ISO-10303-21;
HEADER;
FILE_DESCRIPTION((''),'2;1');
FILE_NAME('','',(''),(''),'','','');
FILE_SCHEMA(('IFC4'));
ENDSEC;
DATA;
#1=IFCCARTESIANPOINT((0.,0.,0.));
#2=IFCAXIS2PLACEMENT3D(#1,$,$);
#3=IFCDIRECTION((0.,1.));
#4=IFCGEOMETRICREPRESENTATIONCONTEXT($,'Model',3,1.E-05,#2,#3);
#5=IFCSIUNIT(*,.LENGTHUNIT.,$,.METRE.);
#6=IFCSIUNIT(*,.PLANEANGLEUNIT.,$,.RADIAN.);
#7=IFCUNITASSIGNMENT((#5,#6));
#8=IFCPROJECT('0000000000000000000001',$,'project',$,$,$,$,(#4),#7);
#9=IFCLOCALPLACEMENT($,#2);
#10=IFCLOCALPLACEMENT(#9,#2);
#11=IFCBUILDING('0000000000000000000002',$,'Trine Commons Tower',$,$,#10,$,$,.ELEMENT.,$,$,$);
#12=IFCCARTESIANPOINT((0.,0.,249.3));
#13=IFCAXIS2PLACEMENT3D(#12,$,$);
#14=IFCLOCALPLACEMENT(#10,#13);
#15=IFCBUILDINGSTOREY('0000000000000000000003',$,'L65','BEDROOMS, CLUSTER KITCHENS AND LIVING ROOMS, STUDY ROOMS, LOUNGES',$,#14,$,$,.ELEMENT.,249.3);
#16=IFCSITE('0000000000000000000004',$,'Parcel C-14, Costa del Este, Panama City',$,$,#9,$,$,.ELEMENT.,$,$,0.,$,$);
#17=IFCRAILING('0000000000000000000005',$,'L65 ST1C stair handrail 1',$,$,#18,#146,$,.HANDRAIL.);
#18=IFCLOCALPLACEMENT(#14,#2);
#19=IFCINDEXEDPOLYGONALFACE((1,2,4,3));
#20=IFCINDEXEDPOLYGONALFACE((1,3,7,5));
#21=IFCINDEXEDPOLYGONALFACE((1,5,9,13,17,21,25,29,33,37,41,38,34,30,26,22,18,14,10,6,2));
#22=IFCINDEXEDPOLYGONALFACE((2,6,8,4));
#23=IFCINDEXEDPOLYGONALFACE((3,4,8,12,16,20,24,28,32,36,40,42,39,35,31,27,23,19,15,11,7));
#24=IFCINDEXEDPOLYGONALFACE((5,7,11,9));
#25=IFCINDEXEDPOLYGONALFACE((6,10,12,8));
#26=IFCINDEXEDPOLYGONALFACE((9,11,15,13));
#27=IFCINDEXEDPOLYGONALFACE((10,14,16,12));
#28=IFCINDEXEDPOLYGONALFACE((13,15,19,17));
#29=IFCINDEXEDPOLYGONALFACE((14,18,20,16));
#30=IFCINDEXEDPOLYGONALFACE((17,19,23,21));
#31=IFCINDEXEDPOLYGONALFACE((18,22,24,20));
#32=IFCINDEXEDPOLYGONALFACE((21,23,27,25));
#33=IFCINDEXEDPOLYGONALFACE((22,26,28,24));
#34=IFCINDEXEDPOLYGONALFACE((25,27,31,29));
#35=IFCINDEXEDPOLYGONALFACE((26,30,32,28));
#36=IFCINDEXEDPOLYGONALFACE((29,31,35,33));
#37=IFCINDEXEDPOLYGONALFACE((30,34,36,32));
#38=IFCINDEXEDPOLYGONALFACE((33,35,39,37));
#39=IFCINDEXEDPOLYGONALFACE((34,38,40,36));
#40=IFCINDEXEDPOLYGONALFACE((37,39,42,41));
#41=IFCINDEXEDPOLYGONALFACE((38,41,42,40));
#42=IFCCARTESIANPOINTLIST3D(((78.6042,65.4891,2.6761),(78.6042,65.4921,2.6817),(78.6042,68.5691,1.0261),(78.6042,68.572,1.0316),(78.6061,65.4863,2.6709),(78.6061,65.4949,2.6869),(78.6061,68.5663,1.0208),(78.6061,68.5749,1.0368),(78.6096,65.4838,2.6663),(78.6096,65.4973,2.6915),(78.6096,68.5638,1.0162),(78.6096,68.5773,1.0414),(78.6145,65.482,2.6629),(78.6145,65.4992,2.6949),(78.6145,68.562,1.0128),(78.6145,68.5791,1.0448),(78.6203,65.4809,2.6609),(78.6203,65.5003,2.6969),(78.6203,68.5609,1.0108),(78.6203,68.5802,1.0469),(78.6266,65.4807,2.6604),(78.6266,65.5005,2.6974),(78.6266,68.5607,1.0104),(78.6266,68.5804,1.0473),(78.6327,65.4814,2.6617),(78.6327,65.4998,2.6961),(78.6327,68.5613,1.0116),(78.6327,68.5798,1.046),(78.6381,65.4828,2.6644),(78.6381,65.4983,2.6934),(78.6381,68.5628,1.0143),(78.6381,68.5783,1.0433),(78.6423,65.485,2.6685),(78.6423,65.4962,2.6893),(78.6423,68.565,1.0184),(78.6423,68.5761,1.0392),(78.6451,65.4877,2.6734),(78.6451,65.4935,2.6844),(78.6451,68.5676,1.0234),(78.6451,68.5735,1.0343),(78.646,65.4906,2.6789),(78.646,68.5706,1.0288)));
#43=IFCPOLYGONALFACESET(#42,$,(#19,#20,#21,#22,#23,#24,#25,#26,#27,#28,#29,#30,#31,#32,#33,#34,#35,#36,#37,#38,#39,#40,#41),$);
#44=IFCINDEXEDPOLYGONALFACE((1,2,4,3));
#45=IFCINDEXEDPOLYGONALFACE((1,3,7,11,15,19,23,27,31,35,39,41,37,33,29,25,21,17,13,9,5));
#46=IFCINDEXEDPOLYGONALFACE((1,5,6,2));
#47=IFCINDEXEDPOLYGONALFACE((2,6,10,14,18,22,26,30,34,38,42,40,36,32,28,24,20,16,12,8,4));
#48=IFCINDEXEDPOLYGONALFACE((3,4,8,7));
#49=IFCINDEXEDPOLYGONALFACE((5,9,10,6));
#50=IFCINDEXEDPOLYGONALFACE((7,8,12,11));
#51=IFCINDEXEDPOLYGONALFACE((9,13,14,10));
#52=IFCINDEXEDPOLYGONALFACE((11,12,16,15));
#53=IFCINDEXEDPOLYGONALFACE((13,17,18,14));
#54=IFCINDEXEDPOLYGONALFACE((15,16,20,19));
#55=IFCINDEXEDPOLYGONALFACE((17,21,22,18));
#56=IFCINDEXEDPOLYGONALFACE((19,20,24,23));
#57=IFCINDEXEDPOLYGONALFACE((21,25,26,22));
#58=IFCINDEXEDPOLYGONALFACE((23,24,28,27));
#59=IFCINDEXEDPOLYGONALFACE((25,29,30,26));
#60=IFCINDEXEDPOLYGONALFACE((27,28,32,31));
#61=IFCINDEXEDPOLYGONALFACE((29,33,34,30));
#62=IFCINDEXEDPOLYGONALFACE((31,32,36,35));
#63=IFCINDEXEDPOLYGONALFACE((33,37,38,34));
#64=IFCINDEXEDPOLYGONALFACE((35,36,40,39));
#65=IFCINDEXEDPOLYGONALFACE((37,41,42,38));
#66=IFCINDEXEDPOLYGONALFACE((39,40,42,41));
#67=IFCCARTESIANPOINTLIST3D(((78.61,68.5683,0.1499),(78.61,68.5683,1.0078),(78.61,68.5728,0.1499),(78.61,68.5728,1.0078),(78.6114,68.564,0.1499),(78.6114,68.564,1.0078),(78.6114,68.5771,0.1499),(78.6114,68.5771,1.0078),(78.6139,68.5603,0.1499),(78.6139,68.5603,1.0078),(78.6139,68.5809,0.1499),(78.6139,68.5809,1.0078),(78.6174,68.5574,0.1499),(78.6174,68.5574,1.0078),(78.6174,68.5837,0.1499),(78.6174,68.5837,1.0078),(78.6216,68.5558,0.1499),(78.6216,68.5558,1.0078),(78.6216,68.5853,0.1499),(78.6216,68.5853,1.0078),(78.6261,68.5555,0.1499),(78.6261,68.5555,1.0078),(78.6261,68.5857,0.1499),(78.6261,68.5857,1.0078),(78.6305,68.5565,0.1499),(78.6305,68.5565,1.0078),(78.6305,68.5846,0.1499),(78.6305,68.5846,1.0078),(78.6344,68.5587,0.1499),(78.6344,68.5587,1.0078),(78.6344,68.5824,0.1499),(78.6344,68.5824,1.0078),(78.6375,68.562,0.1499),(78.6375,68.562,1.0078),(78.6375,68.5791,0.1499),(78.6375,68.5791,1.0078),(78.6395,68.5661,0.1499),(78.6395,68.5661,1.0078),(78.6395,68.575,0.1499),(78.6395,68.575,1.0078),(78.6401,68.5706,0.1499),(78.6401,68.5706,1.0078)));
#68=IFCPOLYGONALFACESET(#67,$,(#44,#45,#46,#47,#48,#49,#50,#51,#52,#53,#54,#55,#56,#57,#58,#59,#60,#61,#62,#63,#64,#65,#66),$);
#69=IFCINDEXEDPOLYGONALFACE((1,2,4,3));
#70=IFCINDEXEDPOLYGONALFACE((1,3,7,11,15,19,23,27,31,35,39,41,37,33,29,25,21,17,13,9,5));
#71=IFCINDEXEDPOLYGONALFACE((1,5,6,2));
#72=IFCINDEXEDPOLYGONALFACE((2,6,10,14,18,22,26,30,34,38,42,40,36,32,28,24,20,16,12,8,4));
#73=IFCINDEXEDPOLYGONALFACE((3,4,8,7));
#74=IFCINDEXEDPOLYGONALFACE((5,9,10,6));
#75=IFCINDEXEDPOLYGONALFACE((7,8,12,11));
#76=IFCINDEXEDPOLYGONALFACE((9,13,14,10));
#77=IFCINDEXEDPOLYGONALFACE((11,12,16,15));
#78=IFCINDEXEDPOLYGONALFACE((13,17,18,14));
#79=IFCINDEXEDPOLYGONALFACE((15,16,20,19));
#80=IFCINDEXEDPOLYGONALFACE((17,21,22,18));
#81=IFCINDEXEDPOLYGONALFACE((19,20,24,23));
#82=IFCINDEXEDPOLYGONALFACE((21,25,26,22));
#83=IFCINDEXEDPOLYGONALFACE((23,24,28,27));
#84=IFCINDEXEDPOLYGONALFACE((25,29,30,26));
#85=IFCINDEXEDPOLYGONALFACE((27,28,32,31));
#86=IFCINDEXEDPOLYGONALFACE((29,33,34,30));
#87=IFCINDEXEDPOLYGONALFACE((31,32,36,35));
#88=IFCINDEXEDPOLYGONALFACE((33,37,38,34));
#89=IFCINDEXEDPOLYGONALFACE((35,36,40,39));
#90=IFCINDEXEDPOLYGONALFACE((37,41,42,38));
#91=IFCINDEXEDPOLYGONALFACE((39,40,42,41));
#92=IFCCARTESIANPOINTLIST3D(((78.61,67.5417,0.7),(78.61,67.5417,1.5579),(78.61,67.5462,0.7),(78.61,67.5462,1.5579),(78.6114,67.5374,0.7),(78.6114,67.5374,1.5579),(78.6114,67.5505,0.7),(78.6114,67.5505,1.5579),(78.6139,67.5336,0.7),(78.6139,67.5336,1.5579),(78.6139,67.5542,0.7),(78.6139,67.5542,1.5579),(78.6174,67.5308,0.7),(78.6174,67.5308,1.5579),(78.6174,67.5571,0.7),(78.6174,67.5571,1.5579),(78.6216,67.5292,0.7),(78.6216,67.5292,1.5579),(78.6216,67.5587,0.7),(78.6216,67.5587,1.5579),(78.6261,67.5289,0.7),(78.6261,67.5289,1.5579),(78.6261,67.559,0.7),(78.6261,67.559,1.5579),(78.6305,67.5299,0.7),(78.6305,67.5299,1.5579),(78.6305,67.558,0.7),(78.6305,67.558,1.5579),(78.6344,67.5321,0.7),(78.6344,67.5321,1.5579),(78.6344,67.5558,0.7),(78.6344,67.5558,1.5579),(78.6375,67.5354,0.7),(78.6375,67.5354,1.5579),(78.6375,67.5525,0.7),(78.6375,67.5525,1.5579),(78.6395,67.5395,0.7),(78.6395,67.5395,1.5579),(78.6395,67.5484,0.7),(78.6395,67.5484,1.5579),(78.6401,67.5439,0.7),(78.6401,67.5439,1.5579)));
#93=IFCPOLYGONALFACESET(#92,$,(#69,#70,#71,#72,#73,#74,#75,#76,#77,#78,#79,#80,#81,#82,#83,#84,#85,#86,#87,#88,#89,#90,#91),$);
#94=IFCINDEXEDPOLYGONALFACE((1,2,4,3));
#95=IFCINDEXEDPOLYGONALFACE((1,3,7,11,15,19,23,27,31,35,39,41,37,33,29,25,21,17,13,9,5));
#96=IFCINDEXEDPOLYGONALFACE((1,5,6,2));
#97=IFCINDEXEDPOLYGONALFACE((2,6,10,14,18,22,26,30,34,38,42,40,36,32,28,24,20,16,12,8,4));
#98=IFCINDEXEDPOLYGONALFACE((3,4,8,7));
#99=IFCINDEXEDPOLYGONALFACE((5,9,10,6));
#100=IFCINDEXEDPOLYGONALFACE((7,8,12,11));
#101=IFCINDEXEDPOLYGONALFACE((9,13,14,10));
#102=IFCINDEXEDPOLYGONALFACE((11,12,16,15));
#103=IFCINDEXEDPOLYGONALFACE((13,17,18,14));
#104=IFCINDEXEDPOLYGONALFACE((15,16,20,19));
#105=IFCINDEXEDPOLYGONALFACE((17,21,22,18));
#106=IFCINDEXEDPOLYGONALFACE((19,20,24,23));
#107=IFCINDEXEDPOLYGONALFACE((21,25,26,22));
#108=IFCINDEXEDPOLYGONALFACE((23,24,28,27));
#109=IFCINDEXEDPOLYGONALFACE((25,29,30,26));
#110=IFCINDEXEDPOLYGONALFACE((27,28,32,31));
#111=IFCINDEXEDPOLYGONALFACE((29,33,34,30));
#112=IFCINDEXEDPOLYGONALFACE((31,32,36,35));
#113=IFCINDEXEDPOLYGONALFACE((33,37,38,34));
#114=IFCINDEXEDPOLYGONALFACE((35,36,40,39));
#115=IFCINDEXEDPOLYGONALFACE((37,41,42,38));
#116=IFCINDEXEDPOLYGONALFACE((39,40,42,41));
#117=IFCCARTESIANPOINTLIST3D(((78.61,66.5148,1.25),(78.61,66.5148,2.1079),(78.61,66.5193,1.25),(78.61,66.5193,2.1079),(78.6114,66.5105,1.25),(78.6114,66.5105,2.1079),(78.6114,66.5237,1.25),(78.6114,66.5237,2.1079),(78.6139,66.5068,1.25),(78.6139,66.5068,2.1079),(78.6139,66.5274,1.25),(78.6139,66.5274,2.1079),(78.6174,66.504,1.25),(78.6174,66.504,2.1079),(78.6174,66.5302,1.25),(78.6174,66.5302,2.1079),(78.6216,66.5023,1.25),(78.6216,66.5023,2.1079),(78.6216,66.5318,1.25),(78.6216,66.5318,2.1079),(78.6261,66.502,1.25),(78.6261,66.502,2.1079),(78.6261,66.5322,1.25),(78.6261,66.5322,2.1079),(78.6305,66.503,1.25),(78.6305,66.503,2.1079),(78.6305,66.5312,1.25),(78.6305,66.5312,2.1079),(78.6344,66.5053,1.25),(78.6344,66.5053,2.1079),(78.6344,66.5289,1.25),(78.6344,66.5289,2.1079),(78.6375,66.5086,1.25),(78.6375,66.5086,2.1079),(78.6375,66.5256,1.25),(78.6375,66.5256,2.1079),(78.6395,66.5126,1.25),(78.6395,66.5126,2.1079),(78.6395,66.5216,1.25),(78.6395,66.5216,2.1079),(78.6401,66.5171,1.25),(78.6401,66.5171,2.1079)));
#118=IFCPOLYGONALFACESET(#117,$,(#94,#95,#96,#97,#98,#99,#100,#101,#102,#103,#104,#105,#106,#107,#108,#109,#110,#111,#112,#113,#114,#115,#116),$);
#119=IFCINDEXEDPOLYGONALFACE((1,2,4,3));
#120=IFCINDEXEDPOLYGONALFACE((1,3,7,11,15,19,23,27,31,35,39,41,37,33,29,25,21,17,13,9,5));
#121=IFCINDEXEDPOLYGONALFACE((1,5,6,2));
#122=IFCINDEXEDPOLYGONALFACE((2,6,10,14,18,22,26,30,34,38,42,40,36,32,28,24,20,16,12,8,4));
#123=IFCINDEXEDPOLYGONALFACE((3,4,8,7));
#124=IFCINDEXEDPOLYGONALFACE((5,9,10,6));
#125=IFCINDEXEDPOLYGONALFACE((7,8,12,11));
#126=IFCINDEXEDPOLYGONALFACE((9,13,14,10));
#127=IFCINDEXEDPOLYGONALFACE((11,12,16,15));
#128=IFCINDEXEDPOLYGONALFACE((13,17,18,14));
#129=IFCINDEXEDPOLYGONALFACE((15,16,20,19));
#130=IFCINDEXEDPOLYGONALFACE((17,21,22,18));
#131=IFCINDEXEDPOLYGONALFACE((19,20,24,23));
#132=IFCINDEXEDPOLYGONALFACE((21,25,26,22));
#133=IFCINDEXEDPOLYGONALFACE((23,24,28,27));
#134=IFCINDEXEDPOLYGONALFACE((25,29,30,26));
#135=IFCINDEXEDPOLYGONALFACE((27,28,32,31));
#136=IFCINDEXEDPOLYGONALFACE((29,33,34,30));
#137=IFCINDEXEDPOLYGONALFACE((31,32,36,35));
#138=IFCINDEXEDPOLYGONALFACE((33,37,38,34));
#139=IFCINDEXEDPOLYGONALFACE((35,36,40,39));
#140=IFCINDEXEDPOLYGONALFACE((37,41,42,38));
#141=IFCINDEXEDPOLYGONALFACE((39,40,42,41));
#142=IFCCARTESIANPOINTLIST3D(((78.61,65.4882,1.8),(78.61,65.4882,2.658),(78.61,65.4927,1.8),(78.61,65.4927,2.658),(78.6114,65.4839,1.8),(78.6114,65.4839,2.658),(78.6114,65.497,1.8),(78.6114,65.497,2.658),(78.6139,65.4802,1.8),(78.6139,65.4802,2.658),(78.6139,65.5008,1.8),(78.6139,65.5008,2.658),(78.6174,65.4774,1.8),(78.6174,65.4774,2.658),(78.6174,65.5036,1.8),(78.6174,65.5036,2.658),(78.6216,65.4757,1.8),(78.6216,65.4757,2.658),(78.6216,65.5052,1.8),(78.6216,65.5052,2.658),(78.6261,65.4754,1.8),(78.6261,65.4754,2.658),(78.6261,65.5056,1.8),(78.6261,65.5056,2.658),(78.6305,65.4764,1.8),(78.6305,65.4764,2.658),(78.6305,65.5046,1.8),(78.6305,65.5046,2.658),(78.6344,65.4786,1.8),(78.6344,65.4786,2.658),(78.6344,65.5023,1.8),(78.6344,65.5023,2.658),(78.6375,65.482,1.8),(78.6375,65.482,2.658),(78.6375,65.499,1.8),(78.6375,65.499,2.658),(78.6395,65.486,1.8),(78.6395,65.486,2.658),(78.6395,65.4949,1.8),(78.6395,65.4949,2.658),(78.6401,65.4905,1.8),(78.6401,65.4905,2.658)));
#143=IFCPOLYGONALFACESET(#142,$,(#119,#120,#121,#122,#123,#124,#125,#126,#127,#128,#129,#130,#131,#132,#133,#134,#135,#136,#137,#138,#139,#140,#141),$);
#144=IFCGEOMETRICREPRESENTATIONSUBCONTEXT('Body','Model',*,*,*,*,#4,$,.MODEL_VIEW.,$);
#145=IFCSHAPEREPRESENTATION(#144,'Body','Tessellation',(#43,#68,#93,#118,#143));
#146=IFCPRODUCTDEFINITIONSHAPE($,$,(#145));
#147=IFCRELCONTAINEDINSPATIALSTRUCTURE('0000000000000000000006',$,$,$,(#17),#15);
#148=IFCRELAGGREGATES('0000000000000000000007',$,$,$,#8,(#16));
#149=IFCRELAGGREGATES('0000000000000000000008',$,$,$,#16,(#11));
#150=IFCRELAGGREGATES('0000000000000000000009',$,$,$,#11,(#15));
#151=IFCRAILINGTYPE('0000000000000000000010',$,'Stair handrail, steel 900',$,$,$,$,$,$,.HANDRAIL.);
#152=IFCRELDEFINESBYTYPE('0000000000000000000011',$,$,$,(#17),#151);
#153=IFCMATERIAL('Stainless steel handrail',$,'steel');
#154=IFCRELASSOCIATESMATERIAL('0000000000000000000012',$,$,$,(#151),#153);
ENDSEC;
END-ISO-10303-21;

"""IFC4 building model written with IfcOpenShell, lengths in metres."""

from ifc_helpers import new_model, si_unit, direction, frame, origin, origin_2d, place, context, subcontext, project, spatial, circle, extrude, material, type_object, element, save


model = new_model("IFC4")

# Units and contexts
model_context = context("Model", 3, precision=1e-05, world=origin(), true_north=direction((0.0, 1.0)))
body_context = subcontext(model_context, "Body", "Model", "MODEL_VIEW")
ifc_project = project(units=[si_unit("LENGTHUNIT", "METRE"), si_unit("PLANEANGLEUNIT", "RADIAN")], contexts=[model_context])

# Site, building, storey
site_placement = place(None, origin())
site = spatial("IfcSite", under=ifc_project, at=site_placement, Name="Parcel C-14, Costa del Este, Panama City", CompositionType="ELEMENT", RefElevation=0.0)
building_placement = place(site_placement, origin())
building = spatial("IfcBuilding", under=site, at=building_placement, Name="Trine Commons Tower", CompositionType="ELEMENT")
storey_placement = place(building_placement, frame((0.0, 0.0, 249.3)))
storey = spatial("IfcBuildingStorey", under=building, at=storey_placement, Name="L65", Description="BEDROOMS, CLUSTER KITCHENS AND LIVING ROOMS, STUDY ROOMS, LOUNGES", CompositionType="ELEMENT", Elevation=249.3)

# Railing
ifc_material_1 = material(Name="Stainless steel handrail", Category="steel")
railing_type_1 = type_object("IfcRailingType", Name="Stair handrail, steel 900", PredefinedType="HANDRAIL", material=ifc_material_1)
railing_1_placement = place(storey_placement, frame((78.625, 68.5706, 0.1499)))
element("IfcRailing", 1, at=railing_1_placement, inside=storey, type_object=railing_type_1, Name="L65 ST1C stair handrail 1", PredefinedType="HANDRAIL", context=body_context, shape_type="SweptSolid", body=[
    extrude(circle(Radius=0.021, at=origin_2d()), frame((0.0, 0.0, 0.8789), z_axis=(0.0, -0.881468, 0.472245), x_axis=(1.0, 0.0, 0.0)), (0.0, 0.0, 1.0), 3.4941),
    extrude(circle(Radius=0.0151, at=origin_2d()), origin(), (0.0, 0.0, 1.0), 0.8579),
    extrude(circle(Radius=0.0151, at=origin_2d()), frame((0.0, -1.0266, 0.55)), (0.0, 0.0, 1.0), 0.8579),
    extrude(circle(Radius=0.0151, at=origin_2d()), frame((0.0, -2.0535, 1.1001)), (0.0, 0.0, 1.0), 0.8579),
    extrude(circle(Radius=0.0151, at=origin_2d()), frame((0.0, -3.0801, 1.6501)), (0.0, 0.0, 1.0), 0.8579),
])

save(model, "model.ifc")
